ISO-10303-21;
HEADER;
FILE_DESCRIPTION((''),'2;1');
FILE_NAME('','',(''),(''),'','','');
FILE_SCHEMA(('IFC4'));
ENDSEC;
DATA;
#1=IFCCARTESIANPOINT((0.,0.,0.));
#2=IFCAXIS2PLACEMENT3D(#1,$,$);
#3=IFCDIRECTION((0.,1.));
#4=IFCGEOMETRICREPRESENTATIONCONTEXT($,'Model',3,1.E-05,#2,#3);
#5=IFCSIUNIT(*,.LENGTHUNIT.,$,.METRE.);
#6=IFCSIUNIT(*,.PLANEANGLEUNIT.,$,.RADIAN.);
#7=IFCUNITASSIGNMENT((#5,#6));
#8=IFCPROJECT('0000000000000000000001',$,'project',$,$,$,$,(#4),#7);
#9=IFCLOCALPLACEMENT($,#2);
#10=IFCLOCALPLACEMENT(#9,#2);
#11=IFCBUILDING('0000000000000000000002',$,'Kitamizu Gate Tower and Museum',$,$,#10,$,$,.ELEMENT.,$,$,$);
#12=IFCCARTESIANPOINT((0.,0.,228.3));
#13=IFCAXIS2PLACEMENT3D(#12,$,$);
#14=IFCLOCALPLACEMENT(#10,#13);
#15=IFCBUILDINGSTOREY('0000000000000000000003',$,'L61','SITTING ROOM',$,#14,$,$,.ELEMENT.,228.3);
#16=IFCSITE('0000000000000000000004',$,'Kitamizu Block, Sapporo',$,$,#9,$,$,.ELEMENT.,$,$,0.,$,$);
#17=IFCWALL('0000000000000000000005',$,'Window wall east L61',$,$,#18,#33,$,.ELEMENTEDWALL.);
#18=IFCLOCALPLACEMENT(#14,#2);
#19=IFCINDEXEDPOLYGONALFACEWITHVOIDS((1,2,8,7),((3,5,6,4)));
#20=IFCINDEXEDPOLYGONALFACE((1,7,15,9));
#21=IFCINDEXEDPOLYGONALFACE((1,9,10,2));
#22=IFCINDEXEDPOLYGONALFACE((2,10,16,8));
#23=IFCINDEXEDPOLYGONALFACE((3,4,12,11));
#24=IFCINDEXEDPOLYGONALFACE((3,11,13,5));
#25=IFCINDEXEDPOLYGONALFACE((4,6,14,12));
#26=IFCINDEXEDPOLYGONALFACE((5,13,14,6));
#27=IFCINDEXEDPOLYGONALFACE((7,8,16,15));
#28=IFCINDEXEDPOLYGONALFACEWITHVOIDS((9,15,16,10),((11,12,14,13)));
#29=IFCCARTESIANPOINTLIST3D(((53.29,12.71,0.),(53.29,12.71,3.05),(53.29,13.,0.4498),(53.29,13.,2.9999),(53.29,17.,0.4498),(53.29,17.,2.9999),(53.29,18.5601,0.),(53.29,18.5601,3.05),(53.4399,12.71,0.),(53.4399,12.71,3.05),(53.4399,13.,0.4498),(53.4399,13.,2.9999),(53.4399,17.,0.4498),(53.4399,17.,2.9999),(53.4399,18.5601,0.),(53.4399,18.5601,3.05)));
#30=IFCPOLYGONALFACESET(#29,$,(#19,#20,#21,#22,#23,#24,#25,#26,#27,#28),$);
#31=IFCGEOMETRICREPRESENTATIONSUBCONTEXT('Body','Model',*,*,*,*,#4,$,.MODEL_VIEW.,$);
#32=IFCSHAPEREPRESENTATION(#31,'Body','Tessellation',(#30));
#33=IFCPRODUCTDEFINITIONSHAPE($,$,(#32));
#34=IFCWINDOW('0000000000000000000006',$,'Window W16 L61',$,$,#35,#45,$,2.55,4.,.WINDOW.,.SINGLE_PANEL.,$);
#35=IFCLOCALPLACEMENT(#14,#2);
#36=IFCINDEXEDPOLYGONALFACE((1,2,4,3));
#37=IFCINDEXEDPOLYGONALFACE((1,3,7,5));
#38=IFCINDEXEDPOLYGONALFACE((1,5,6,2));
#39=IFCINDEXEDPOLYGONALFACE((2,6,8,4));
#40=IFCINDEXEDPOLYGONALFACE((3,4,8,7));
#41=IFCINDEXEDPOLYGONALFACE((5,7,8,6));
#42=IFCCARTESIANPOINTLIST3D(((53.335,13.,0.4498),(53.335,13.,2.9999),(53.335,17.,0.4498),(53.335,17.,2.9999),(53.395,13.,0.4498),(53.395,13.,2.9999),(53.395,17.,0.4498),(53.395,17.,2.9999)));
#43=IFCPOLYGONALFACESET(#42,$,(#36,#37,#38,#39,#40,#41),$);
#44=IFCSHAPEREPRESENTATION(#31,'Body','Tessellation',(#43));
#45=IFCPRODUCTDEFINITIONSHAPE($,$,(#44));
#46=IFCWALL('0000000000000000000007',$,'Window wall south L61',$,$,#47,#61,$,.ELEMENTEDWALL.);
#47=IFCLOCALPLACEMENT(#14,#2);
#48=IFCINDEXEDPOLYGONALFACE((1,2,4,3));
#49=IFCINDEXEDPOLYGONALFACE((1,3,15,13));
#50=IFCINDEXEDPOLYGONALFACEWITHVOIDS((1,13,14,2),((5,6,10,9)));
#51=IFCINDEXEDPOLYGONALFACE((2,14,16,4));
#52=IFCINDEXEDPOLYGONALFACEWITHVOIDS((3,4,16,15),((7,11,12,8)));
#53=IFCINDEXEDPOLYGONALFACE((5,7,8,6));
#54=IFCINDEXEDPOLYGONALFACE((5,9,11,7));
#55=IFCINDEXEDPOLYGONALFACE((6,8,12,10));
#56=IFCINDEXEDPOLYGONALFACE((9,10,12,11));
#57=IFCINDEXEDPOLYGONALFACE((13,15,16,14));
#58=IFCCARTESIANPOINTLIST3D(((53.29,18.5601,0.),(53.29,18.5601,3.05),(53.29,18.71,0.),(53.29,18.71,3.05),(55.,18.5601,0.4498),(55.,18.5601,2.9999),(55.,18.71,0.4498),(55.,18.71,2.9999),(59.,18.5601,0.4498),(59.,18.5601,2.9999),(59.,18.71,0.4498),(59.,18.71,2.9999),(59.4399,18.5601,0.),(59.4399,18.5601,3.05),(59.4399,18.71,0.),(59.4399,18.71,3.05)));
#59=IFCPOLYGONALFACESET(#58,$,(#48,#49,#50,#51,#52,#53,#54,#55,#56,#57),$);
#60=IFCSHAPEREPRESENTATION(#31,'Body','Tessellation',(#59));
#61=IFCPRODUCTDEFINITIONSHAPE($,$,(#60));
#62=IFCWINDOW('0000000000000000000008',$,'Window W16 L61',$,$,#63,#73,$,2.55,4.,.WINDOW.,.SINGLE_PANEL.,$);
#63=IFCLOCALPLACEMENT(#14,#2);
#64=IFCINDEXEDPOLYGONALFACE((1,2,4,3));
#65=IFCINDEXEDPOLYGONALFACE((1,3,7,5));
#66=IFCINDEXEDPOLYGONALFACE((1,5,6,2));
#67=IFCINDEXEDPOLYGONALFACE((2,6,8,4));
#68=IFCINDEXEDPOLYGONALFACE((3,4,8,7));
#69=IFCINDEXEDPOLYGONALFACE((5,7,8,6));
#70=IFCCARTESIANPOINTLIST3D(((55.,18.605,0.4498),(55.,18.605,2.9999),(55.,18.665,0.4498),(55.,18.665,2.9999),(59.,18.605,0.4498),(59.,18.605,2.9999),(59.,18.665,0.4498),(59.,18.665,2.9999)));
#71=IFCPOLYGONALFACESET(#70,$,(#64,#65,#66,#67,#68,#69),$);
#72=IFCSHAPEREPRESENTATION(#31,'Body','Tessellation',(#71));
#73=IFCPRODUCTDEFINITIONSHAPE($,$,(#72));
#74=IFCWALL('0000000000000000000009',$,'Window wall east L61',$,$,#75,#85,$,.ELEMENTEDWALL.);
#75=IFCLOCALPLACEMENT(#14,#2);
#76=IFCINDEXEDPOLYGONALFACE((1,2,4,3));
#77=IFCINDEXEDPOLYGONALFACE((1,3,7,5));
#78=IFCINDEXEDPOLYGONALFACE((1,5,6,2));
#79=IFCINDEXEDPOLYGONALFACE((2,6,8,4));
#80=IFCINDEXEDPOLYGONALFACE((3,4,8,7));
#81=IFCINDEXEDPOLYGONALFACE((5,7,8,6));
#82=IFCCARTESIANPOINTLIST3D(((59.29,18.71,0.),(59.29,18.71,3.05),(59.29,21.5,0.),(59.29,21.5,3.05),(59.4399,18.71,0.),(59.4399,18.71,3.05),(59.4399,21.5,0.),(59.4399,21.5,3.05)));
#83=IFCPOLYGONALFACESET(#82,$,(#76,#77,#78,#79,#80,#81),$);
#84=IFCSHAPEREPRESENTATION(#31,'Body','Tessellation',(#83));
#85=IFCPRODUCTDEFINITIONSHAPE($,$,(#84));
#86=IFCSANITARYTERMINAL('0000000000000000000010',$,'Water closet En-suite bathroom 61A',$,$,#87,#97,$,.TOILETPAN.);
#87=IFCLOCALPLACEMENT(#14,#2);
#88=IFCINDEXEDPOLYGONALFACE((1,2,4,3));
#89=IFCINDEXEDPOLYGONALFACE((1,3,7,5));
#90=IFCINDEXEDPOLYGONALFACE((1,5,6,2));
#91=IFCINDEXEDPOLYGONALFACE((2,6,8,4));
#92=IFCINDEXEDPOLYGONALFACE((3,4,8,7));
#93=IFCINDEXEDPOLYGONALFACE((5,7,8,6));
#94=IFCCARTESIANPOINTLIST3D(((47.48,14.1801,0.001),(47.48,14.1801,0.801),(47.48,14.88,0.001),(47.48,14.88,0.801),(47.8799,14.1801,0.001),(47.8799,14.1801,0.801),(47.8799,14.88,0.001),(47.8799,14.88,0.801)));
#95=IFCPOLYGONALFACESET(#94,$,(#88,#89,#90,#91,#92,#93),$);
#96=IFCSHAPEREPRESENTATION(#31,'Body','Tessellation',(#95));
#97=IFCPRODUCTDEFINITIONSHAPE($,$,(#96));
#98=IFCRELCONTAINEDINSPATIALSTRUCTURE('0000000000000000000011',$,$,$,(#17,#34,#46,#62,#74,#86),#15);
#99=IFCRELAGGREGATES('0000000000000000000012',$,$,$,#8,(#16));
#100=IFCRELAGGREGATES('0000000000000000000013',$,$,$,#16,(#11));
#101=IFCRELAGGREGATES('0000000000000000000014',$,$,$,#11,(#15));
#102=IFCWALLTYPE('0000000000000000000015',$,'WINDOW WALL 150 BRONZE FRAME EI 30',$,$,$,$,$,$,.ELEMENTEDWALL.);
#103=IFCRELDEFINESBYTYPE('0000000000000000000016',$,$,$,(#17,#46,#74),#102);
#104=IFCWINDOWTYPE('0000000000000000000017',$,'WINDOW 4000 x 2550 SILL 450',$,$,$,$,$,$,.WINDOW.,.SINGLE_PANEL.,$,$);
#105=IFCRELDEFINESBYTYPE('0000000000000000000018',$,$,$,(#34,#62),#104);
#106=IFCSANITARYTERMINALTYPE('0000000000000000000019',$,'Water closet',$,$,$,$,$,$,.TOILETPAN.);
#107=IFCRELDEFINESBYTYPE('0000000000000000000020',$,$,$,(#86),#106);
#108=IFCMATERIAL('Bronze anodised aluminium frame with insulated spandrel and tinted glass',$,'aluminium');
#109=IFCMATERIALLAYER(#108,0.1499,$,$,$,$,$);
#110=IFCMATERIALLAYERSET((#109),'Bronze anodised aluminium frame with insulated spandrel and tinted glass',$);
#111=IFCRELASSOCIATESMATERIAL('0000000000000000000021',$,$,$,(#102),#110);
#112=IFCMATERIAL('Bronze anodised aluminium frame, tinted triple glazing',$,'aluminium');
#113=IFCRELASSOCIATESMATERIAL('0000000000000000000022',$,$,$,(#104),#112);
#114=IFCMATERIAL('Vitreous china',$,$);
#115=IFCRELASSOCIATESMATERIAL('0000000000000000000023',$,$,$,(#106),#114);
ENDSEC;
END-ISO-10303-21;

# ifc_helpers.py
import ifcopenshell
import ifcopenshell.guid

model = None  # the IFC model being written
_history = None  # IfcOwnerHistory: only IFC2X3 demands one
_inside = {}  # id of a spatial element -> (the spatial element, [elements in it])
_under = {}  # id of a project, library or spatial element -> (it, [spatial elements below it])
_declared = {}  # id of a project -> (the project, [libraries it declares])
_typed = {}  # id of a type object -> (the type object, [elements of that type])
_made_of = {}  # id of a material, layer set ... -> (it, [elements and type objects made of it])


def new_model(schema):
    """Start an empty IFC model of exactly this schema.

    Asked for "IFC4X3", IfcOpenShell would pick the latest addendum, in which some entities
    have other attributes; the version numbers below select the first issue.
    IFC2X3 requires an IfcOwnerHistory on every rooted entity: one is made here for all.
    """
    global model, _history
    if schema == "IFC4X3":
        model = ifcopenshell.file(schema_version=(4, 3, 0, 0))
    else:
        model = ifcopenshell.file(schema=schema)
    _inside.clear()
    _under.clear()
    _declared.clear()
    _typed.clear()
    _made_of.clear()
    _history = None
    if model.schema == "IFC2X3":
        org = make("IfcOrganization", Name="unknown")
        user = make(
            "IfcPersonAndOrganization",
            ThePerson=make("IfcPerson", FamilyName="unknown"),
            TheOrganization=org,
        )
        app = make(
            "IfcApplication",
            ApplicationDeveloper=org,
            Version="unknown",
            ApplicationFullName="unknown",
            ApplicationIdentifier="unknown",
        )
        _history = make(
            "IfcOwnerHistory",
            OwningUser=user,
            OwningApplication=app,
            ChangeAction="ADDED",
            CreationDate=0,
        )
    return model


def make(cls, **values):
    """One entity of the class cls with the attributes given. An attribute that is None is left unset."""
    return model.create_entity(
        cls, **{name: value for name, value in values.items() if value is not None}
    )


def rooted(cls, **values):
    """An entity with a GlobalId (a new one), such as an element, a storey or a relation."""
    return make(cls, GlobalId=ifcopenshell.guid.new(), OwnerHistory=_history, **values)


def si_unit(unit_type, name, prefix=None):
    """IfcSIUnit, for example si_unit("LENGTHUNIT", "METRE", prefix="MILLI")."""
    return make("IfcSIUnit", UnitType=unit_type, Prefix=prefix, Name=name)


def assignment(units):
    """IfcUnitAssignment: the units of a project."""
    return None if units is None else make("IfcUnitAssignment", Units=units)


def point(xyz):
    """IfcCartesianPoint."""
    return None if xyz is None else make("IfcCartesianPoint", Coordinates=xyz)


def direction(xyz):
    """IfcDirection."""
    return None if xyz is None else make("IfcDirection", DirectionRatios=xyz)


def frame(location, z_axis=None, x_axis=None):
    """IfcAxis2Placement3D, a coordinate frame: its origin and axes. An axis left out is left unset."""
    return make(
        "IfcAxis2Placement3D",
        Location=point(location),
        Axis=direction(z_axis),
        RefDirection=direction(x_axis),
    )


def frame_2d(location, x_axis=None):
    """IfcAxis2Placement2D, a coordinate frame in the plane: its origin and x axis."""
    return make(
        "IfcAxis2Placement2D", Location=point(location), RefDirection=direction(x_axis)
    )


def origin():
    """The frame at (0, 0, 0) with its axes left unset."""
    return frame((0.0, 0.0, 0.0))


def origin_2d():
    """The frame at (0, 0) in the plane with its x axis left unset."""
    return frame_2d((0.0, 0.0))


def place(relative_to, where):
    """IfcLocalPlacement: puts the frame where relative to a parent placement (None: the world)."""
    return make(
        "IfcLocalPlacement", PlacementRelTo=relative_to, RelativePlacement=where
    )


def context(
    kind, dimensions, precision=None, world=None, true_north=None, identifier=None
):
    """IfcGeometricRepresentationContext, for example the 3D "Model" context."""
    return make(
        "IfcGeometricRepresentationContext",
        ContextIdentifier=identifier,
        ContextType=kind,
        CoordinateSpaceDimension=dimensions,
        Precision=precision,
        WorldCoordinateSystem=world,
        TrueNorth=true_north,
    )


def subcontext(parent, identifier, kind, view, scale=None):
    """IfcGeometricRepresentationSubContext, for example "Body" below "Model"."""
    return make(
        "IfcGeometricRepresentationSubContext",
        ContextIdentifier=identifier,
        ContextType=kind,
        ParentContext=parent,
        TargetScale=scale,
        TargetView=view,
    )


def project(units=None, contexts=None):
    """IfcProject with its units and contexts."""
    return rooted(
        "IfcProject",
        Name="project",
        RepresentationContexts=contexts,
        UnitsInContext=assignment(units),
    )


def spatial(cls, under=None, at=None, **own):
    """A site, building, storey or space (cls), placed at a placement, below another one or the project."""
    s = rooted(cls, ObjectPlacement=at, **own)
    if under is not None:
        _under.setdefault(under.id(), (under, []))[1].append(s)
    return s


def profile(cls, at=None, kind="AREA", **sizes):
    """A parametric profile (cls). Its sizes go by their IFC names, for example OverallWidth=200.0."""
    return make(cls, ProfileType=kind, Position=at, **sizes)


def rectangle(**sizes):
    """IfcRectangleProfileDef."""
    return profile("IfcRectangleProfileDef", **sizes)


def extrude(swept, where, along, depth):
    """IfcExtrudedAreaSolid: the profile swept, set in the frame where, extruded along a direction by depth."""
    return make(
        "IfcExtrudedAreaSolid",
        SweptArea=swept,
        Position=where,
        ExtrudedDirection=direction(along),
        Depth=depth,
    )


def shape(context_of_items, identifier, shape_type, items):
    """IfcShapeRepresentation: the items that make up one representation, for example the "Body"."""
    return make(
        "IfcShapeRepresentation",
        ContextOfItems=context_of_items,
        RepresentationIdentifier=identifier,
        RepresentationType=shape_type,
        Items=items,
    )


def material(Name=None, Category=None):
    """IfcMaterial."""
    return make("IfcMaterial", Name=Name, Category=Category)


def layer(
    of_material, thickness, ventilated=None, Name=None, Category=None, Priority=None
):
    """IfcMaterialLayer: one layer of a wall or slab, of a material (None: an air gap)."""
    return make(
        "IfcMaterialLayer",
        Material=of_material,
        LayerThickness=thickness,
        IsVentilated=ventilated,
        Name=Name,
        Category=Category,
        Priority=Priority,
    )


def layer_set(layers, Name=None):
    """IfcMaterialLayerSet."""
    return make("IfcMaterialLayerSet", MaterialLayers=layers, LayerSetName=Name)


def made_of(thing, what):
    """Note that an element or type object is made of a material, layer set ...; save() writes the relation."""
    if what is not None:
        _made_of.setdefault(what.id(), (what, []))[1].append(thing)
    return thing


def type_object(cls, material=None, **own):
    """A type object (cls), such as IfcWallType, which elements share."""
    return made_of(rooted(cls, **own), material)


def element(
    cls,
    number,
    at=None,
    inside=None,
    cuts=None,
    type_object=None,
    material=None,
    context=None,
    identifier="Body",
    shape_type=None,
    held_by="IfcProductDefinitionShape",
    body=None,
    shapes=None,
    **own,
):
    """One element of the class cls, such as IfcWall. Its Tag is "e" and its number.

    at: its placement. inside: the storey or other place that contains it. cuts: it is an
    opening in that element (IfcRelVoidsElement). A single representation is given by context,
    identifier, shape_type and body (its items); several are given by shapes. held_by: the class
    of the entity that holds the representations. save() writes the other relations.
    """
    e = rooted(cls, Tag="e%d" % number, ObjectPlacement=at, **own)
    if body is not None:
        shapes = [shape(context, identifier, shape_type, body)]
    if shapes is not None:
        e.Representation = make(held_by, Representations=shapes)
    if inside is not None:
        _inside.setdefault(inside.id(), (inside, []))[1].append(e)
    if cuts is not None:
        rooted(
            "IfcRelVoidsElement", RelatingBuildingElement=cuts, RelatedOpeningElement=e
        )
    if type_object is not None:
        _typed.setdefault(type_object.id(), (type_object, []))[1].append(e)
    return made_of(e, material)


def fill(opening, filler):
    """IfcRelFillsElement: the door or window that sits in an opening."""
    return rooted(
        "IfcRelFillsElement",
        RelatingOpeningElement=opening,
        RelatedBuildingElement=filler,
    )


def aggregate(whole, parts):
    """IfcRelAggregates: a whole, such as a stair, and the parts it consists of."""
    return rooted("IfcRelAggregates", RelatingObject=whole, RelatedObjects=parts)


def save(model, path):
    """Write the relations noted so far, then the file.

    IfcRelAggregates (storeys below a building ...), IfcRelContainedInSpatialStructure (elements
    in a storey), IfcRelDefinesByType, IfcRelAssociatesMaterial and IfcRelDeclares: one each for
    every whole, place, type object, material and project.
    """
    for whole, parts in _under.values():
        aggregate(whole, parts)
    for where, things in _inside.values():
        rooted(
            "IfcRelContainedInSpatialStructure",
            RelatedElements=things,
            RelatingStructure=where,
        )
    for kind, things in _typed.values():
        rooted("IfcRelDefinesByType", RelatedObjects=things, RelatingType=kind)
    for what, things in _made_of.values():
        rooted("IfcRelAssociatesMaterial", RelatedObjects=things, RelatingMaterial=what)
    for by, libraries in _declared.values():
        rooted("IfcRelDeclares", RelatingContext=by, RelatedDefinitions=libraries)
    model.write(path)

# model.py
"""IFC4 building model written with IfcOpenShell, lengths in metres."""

from ifc_helpers import new_model, si_unit, direction, frame, frame_2d, origin, origin_2d, place, context, subcontext, project, spatial, rectangle, extrude, material, layer, layer_set, type_object, element, fill, save


model = new_model("IFC4")

# Units and contexts
model_context = context("Model", 3, precision=1e-05, world=origin(), true_north=direction((0.0, 1.0)))
body_context = subcontext(model_context, "Body", "Model", "MODEL_VIEW")
ifc_project = project(units=[si_unit("LENGTHUNIT", "METRE"), si_unit("PLANEANGLEUNIT", "RADIAN")], contexts=[model_context])

# Site, building, storey
site_placement = place(None, origin())
site = spatial("IfcSite", under=ifc_project, at=site_placement, Name="Kitamizu Block, Sapporo", CompositionType="ELEMENT", RefElevation=0.0)
building_placement = place(site_placement, origin())
building = spatial("IfcBuilding", under=site, at=building_placement, Name="Kitamizu Gate Tower and Museum", CompositionType="ELEMENT")
storey_placement = place(building_placement, frame((0.0, 0.0, 228.3)))
storey = spatial("IfcBuildingStorey", under=building, at=storey_placement, Name="L61", Description="SITTING ROOM", CompositionType="ELEMENT", Elevation=228.3)

# Walls, openings, windows
ifc_material_1 = material(Name="Bronze anodised aluminium frame with insulated spandrel and tinted glass", Category="aluminium")
ifc_layer_1 = layer(ifc_material_1, 0.1499)
ifc_layer_set_1 = layer_set([ifc_layer_1], Name="Bronze anodised aluminium frame with insulated spandrel and tinted glass")
wall_type_1 = type_object("IfcWallType", Name="WINDOW WALL 150 BRONZE FRAME EI 30", PredefinedType="ELEMENTEDWALL", material=ifc_layer_set_1)
wall_1_placement = place(storey_placement, frame((53.365, 12.71, 0.0), z_axis=(0.0, 0.0, 1.0), x_axis=(0.0, 1.0, 0.0)))
wall_1 = element("IfcWall", 1, at=wall_1_placement, inside=storey, type_object=wall_type_1, Name="Window wall east L61", PredefinedType="ELEMENTEDWALL", context=body_context, shape_type="SweptSolid", body=[
    extrude(rectangle(XDim=5.8501, YDim=0.1499, at=frame_2d((2.925, 0.0))), origin(), (0.0, 0.0, 1.0), 3.05),
])
opening_1_placement = place(wall_1_placement, frame((0.29, 0.0, 0.45)))
opening_1 = element("IfcOpeningElement", 2, at=opening_1_placement, cuts=wall_1, PredefinedType="OPENING", context=body_context, shape_type="SweptSolid", body=[
    extrude(rectangle(XDim=4.0, YDim=2.55, at=frame_2d((2.0, 1.2749))), frame((0.0, 0.085, 0.0), z_axis=(0.0, -1.0, 0.0), x_axis=(1.0, 0.0, 0.0)), (0.0, 0.0, 1.0), 0.1699),
])
ifc_material_2 = material(Name="Bronze anodised aluminium frame, tinted triple glazing", Category="aluminium")
window_type = type_object("IfcWindowType", Name="WINDOW 4000 x 2550 SILL 450", PartitioningType="SINGLE_PANEL", PredefinedType="WINDOW", material=ifc_material_2)
window_1_placement = place(opening_1_placement, origin())
window_1 = element("IfcWindow", 3, at=window_1_placement, inside=storey, type_object=window_type, Name="Window W16 L61", OverallHeight=2.55, OverallWidth=4.0, PartitioningType="SINGLE_PANEL", PredefinedType="WINDOW", context=body_context, shape_type="SweptSolid", body=[
    extrude(rectangle(XDim=4.0, YDim=2.55, at=frame_2d((2.0, 1.2749))), frame((0.0, 0.03, 0.0), z_axis=(0.0, -1.0, 0.0), x_axis=(1.0, 0.0, 0.0)), (0.0, 0.0, 1.0), 0.0601),
])
fill(opening_1, window_1)
wall_2_placement = place(storey_placement, frame((53.29, 18.635, 0.0), z_axis=(0.0, 0.0, 1.0), x_axis=(1.0, 0.0, 0.0)))
wall_2 = element("IfcWall", 4, at=wall_2_placement, inside=storey, type_object=wall_type_1, Name="Window wall south L61", PredefinedType="ELEMENTEDWALL", context=body_context, shape_type="SweptSolid", body=[
    extrude(rectangle(XDim=6.1499, YDim=0.1499, at=frame_2d((3.075, 0.0))), origin(), (0.0, 0.0, 1.0), 3.05),
])
opening_2_placement = place(wall_2_placement, frame((1.71, 0.0, 0.45)))
opening_2 = element("IfcOpeningElement", 5, at=opening_2_placement, cuts=wall_2, PredefinedType="OPENING", context=body_context, shape_type="SweptSolid", body=[
    extrude(rectangle(XDim=4.0, YDim=2.55, at=frame_2d((2.0, 1.2749))), frame((0.0, 0.085, 0.0), z_axis=(0.0, -1.0, 0.0), x_axis=(1.0, 0.0, 0.0)), (0.0, 0.0, 1.0), 0.1699),
])
window_2_placement = place(opening_2_placement, origin())
window_2 = element("IfcWindow", 6, at=window_2_placement, inside=storey, type_object=window_type, Name="Window W16 L61", OverallHeight=2.55, OverallWidth=4.0, PartitioningType="SINGLE_PANEL", PredefinedType="WINDOW", context=body_context, shape_type="SweptSolid", body=[
    extrude(rectangle(XDim=4.0, YDim=2.55, at=frame_2d((2.0, 1.2749))), frame((0.0, 0.03, 0.0), z_axis=(0.0, -1.0, 0.0), x_axis=(1.0, 0.0, 0.0)), (0.0, 0.0, 1.0), 0.0601),
])
fill(opening_2, window_2)

# Wall
wall_3_placement = place(storey_placement, frame((59.365, 18.71, 0.0), z_axis=(0.0, 0.0, 1.0), x_axis=(0.0, 1.0, 0.0)))
element("IfcWall", 7, at=wall_3_placement, inside=storey, type_object=wall_type_1, Name="Window wall east L61", PredefinedType="ELEMENTEDWALL", context=body_context, shape_type="SweptSolid", body=[
    extrude(rectangle(XDim=2.79, YDim=0.1499, at=frame_2d((1.395, 0.0))), origin(), (0.0, 0.0, 1.0), 3.05),
])

# Sanitary terminal
ifc_material_3 = material(Name="Vitreous china")
sanitary_terminal_type = type_object("IfcSanitaryTerminalType", Name="Water closet", PredefinedType="TOILETPAN", material=ifc_material_3)
sanitary_terminal_placement = place(storey_placement, frame((47.6799, 14.53, 0.001), z_axis=(0.0, 0.0, 1.0), x_axis=(1.0, 0.0, 0.0)))
element("IfcSanitaryTerminal", 8, at=sanitary_terminal_placement, inside=storey, type_object=sanitary_terminal_type, Name="Water closet En-suite bathroom 61A", PredefinedType="TOILETPAN", context=body_context, shape_type="SweptSolid", body=[
    extrude(rectangle(XDim=0.3999, YDim=0.7, at=origin_2d()), origin(), (0.0, 0.0, 1.0), 0.8),
])

save(model, "model.ifc")
